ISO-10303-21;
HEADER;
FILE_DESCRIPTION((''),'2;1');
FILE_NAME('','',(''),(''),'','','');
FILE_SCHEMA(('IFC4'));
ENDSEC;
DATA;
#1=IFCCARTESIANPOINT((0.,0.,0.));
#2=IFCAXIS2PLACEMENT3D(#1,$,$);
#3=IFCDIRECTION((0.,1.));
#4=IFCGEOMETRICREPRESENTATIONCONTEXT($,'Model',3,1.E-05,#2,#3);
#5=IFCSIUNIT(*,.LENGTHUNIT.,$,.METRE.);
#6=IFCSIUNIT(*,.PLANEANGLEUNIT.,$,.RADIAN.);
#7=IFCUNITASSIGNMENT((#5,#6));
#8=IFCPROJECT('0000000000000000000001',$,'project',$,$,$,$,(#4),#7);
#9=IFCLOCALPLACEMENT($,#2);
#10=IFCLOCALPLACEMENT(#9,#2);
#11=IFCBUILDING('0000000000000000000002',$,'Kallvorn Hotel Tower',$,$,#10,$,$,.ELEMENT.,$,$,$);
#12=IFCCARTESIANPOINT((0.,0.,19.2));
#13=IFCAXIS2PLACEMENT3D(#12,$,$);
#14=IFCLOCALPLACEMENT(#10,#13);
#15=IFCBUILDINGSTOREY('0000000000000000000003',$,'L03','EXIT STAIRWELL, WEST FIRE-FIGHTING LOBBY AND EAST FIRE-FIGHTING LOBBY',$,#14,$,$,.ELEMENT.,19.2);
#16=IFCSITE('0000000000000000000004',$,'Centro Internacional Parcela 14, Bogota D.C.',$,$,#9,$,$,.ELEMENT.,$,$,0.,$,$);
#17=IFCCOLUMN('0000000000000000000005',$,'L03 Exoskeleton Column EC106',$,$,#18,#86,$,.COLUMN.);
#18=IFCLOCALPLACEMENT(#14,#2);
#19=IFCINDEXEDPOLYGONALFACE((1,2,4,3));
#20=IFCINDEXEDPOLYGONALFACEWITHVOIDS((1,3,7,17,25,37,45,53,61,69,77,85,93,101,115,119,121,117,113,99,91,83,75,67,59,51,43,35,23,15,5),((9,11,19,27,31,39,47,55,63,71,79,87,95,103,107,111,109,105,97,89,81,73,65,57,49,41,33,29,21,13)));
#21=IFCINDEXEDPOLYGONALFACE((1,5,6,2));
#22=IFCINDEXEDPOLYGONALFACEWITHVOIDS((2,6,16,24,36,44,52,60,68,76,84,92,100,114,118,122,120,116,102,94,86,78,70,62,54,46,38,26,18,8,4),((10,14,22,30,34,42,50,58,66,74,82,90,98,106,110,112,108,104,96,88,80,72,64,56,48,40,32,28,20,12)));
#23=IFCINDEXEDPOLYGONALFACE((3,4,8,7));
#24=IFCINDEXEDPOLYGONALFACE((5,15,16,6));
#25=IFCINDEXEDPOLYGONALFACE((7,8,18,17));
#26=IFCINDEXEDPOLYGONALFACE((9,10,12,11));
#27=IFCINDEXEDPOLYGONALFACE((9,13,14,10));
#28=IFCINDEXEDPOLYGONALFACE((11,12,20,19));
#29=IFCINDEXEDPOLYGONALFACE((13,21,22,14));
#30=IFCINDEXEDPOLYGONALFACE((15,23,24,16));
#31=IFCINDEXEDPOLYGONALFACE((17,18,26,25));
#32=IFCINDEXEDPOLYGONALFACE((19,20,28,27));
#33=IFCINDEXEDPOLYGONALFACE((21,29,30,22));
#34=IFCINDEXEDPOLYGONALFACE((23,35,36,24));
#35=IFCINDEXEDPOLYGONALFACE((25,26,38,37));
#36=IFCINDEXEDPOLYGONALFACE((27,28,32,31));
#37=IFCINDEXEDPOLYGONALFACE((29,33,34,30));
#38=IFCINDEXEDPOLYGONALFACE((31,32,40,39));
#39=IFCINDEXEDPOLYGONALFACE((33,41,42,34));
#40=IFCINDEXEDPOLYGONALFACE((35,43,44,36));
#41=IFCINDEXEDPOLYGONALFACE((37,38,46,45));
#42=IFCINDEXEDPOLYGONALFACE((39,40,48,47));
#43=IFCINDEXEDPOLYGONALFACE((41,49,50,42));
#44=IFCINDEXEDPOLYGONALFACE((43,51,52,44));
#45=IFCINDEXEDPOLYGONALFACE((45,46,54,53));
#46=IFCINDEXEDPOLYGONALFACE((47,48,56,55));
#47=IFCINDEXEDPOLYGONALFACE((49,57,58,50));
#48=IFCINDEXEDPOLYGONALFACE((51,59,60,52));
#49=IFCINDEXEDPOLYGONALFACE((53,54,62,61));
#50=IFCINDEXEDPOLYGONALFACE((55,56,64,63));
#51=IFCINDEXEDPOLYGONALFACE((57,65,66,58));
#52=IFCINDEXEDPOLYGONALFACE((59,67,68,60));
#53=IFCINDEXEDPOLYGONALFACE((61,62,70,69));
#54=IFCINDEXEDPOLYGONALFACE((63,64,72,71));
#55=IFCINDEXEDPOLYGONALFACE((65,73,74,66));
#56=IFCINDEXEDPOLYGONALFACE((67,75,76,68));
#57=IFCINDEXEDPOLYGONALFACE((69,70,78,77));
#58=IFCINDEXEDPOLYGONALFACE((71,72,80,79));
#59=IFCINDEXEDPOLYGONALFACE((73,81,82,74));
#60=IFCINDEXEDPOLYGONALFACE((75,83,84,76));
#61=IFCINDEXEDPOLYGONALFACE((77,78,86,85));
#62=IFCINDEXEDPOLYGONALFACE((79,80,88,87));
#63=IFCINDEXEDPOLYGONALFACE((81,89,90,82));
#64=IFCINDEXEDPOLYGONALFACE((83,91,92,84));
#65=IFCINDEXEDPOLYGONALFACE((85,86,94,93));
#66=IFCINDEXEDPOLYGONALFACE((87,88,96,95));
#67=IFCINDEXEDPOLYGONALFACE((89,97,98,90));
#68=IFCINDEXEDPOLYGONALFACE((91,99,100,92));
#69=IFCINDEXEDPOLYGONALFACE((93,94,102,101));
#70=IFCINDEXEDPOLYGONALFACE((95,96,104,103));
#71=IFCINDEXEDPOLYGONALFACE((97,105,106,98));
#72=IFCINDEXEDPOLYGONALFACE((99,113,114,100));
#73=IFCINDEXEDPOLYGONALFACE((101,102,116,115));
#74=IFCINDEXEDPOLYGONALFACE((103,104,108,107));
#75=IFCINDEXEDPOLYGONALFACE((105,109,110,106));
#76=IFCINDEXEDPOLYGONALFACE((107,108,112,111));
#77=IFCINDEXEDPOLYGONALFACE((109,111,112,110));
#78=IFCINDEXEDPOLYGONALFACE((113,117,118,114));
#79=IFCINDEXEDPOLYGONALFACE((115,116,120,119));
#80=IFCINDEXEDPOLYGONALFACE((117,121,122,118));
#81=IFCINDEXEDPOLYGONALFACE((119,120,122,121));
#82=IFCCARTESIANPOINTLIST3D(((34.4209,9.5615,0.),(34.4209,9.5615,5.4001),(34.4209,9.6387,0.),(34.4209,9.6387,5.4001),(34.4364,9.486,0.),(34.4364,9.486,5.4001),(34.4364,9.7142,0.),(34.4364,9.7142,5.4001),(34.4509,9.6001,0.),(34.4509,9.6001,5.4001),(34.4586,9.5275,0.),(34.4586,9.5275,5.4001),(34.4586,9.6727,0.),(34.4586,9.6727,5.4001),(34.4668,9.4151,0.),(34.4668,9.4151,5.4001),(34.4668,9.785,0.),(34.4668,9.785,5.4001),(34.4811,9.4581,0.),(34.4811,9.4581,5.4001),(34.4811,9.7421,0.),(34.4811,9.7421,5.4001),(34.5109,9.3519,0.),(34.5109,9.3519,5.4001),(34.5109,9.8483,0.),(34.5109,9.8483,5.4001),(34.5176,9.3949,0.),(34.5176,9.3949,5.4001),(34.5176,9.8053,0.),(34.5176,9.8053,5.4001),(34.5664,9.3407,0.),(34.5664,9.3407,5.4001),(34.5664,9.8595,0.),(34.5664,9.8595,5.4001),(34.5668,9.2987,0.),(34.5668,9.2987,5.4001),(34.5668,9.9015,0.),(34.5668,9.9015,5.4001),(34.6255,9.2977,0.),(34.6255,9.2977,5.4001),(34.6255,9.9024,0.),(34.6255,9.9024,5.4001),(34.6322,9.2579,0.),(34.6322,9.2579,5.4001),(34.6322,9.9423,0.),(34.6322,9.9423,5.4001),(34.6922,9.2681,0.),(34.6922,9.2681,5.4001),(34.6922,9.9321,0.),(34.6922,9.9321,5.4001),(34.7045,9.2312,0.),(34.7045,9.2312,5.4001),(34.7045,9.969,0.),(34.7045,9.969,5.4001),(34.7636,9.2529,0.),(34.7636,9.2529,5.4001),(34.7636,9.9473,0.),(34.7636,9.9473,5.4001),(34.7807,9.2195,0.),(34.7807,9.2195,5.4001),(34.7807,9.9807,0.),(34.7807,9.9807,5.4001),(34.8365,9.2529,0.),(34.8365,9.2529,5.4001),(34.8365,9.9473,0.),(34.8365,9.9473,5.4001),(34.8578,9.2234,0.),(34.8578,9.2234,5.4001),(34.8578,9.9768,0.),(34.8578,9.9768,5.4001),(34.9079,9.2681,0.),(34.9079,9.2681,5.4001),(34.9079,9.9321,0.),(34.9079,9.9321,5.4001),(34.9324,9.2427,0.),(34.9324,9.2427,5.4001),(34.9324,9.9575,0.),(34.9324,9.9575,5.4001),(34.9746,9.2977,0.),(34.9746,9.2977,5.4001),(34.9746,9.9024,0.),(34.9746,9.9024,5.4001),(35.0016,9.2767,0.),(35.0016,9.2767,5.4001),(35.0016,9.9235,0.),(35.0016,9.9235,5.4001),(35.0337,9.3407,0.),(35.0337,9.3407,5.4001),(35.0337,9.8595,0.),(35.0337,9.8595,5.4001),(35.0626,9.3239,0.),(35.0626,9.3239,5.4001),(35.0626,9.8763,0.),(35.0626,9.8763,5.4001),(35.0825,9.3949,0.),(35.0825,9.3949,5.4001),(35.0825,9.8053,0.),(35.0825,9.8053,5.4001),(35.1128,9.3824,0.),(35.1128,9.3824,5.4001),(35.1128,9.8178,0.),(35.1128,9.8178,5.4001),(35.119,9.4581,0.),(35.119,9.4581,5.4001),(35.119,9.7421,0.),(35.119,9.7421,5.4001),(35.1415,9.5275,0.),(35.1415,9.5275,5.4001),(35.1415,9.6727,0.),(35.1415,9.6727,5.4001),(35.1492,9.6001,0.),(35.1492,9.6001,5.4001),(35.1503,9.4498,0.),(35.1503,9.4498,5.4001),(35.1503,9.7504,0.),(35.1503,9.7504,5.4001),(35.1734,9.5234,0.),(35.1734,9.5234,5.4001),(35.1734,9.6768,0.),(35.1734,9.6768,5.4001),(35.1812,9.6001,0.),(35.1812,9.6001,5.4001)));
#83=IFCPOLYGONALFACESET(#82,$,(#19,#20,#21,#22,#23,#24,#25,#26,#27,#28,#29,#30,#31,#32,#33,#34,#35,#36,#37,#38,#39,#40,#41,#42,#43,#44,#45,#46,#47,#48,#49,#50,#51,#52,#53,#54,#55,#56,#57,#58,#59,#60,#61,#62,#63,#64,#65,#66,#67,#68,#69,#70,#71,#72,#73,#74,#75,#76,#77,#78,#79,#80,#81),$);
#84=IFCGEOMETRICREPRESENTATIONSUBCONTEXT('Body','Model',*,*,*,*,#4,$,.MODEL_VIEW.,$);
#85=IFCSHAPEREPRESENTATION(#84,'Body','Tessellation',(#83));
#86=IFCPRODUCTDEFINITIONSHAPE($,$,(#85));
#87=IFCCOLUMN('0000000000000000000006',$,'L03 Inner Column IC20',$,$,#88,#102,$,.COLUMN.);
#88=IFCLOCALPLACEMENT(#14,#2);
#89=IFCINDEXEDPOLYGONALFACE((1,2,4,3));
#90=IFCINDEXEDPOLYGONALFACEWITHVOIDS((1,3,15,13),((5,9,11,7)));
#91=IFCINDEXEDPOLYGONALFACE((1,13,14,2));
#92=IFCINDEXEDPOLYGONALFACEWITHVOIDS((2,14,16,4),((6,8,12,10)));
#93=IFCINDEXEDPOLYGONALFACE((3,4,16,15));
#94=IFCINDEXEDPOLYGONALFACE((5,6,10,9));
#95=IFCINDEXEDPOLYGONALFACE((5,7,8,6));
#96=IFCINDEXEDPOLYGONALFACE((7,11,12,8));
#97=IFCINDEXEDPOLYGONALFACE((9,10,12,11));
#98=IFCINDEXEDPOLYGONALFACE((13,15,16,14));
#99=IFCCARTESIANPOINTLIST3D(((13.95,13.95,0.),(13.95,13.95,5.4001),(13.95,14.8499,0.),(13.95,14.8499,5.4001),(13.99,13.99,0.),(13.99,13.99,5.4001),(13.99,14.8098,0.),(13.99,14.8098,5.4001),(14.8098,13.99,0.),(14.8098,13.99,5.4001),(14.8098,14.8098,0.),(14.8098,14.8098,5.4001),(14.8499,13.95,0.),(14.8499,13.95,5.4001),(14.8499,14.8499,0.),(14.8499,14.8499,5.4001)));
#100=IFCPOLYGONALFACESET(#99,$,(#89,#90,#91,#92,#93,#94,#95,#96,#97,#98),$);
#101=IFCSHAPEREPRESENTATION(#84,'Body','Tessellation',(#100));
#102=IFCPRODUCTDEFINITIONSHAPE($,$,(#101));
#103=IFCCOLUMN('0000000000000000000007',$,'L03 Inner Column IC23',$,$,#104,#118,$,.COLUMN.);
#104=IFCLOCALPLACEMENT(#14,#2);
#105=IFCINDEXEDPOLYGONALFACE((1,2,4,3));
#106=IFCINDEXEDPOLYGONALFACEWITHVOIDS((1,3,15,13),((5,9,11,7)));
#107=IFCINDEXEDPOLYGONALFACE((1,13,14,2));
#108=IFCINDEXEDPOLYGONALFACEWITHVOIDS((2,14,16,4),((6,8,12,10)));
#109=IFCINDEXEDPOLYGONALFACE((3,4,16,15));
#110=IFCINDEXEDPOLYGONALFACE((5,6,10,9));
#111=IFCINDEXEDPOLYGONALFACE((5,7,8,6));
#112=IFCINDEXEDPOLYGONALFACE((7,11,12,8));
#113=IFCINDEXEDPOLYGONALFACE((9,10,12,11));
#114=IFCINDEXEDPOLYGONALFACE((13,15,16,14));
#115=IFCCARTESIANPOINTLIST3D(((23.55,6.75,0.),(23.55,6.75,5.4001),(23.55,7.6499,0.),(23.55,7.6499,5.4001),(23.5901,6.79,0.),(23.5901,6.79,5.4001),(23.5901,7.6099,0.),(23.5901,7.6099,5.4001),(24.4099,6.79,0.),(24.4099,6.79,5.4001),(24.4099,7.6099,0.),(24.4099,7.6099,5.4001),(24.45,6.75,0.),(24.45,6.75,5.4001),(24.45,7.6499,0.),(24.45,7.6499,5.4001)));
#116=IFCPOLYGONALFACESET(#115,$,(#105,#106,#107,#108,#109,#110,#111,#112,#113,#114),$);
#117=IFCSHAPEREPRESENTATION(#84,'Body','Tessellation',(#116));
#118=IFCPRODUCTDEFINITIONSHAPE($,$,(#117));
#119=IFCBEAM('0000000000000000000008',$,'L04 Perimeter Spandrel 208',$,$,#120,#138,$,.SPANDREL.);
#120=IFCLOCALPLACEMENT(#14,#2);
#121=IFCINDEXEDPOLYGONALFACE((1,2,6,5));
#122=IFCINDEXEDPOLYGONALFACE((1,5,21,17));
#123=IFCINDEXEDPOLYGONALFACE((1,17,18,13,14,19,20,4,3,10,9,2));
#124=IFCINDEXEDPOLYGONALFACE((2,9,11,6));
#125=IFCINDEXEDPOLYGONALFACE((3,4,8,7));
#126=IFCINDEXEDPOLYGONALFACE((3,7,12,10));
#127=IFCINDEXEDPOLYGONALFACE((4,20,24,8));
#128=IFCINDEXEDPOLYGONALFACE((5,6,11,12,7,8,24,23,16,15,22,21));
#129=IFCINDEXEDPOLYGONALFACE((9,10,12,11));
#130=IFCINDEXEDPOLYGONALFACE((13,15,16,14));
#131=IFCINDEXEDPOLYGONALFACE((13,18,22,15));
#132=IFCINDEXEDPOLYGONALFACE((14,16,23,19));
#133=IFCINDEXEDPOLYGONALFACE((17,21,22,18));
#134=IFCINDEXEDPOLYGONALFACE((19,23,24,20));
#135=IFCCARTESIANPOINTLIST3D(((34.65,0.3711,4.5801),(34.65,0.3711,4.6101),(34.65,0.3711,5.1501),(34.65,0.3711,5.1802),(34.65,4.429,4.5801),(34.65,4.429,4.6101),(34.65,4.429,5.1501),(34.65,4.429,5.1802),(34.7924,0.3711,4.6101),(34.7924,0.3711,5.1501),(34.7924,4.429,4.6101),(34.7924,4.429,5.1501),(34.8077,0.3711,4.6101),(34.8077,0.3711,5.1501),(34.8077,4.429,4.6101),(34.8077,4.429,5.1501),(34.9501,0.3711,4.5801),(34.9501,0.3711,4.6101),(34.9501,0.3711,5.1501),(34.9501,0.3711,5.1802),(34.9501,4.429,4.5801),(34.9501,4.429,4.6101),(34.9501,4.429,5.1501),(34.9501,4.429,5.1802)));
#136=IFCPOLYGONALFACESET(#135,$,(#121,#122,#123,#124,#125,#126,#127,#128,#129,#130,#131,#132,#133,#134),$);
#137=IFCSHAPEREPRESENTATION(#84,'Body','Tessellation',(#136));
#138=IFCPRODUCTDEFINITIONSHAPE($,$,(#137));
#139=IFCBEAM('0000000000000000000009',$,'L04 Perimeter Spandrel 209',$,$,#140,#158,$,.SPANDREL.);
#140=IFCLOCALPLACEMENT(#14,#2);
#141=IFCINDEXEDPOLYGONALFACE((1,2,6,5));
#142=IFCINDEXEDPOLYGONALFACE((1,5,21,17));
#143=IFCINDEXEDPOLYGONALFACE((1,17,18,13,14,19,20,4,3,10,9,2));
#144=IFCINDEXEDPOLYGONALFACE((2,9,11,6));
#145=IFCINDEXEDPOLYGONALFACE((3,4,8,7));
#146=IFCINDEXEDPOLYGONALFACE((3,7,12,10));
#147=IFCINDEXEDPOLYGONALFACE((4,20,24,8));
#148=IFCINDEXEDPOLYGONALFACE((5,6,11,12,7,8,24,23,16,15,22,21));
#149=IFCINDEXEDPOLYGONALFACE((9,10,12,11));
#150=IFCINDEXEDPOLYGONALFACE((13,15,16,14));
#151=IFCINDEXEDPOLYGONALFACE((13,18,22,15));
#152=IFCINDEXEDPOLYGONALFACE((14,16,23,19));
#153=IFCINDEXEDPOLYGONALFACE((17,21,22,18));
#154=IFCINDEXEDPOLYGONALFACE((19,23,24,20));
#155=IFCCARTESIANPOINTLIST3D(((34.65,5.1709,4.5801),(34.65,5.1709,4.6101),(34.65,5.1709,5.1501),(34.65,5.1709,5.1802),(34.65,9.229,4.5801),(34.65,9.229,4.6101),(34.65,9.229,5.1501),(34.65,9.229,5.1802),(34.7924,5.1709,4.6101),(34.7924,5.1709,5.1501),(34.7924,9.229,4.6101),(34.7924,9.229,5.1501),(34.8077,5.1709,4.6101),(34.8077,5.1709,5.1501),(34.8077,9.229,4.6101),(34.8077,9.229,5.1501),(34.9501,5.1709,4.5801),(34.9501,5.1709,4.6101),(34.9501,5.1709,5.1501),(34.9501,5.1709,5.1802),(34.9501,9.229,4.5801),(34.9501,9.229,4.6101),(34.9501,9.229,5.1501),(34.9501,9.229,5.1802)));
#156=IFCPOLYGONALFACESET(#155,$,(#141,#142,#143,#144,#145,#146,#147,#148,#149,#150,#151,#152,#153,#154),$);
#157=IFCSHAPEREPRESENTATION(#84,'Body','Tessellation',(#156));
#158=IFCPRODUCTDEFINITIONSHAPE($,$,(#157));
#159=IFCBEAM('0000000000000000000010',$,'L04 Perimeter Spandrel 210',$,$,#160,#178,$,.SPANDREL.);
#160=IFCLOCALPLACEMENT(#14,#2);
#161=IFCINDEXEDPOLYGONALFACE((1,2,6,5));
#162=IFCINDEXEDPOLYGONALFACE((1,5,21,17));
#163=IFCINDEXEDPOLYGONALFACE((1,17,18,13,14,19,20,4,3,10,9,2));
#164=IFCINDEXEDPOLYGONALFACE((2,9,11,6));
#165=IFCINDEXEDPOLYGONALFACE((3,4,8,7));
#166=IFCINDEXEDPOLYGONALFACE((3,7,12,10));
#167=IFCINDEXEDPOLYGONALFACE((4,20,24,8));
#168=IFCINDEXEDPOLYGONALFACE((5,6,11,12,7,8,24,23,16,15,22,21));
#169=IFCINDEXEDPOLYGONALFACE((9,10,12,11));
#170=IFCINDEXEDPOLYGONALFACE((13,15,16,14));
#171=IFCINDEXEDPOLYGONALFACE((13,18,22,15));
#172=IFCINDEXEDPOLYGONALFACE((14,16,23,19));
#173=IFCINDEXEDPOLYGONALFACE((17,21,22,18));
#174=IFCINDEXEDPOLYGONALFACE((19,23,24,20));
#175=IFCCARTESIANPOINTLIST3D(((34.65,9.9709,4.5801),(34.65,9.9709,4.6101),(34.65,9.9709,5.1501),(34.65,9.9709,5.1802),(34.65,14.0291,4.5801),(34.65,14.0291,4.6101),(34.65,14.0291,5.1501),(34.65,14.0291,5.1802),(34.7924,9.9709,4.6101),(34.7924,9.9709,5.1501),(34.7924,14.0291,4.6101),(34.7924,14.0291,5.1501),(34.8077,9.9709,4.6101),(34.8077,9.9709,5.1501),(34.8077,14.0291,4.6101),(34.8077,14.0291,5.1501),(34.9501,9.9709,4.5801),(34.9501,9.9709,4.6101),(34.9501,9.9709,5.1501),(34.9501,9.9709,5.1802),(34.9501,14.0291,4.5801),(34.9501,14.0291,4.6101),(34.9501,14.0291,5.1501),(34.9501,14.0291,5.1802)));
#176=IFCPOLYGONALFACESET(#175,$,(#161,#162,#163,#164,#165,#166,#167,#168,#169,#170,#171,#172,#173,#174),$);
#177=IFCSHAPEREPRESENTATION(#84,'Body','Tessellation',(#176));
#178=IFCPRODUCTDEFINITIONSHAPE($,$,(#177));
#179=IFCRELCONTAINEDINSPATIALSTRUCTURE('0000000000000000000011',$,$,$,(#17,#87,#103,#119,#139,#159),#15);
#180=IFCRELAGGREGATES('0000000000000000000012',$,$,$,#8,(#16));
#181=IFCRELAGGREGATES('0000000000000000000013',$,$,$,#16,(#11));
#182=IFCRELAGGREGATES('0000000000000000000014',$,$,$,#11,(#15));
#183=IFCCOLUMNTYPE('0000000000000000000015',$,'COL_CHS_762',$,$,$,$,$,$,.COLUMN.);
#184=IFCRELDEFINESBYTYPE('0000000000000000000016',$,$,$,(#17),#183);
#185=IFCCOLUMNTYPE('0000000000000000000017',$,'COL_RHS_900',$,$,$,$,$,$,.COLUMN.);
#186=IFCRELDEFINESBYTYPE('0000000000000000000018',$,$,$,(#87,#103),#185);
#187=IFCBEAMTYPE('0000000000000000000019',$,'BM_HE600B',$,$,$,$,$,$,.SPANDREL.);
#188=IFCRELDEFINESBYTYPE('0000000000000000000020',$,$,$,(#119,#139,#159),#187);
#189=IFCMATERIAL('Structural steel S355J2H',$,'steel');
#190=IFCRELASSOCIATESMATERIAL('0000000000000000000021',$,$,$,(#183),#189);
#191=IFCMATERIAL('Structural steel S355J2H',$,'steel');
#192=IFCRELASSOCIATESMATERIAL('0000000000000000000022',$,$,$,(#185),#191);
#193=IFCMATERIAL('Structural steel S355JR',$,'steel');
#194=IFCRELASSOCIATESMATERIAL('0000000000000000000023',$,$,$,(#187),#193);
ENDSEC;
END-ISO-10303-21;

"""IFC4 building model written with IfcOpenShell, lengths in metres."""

from ifc_helpers import new_model, si_unit, direction, frame, origin, origin_2d, place, context, subcontext, project, spatial, hollow_rectangle, hollow_circle, i_section, extrude, material, material_profile, profile_set, type_object, element, save


model = new_model("IFC4")

# Units and contexts
model_context = context("Model", 3, precision=1e-05, world=origin(), true_north=direction((0.0, 1.0)))
body_context = subcontext(model_context, "Body", "Model", "MODEL_VIEW")
ifc_project = project(units=[si_unit("LENGTHUNIT", "METRE"), si_unit("PLANEANGLEUNIT", "RADIAN")], contexts=[model_context])

# Site, building, storey
site_placement = place(None, origin())
site = spatial("IfcSite", under=ifc_project, at=site_placement, Name="Centro Internacional Parcela 14, Bogota D.C.", CompositionType="ELEMENT", RefElevation=0.0)
building_placement = place(site_placement, origin())
building = spatial("IfcBuilding", under=site, at=building_placement, Name="Kallvorn Hotel Tower", CompositionType="ELEMENT")
storey_placement = place(building_placement, frame((0.0, 0.0, 19.2)))
storey = spatial("IfcBuildingStorey", under=building, at=storey_placement, Name="L03", Description="EXIT STAIRWELL, WEST FIRE-FIGHTING LOBBY AND EAST FIRE-FIGHTING LOBBY", CompositionType="ELEMENT", Elevation=19.2)

# Columns
ifc_material_1 = material(Name="Structural steel S355J2H", Category="steel")
ifc_material_profile_1 = material_profile(ifc_material_1, hollow_circle(Radius=0.3811, WallThickness=0.032, at=origin_2d()), Name="CHS 762x32")
ifc_profile_set_1 = profile_set([ifc_material_profile_1], Name="Structural steel S355J2H")
column_type_1 = type_object("IfcColumnType", Name="COL_CHS_762", PredefinedType="COLUMN", material=ifc_profile_set_1)
for number, where, z_axis, x_axis, name in (
    (1, (34.8, 9.6001, 0.0), (0.0, 0.0, 1.0), (1.0, 0.0, 0.0), "L03 Exoskeleton Column EC106"),
):
    element("IfcColumn", number, at=place(storey_placement, frame(where, z_axis=z_axis, x_axis=x_axis)), inside=storey, type_object=column_type_1, Name=name, PredefinedType="COLUMN", context=body_context, shape_type="SweptSolid", body=[
        extrude(hollow_circle(Radius=0.3811, WallThickness=0.032, at=origin_2d()), origin(), (0.0, 0.0, 1.0), 5.4001),
    ])
ifc_material_2 = material(Name="Structural steel S355J2H", Category="steel")
ifc_material_profile_2 = material_profile(ifc_material_2, hollow_rectangle(XDim=0.8999, YDim=0.8999, WallThickness=0.04, at=origin_2d()), Name="RHS 900x900x40")
ifc_profile_set_2 = profile_set([ifc_material_profile_2], Name="Structural steel S355J2H")
column_type_2 = type_object("IfcColumnType", Name="COL_RHS_900", PredefinedType="COLUMN", material=ifc_profile_set_2)
for number, where, z_axis, x_axis, name in (
    (2, (14.3999, 14.3999, 0.0), (0.0, 0.0, 1.0), (1.0, 0.0, 0.0), "L03 Inner Column IC20"),
    (3, (24.0, 7.2, 0.0), (0.0, 0.0, 1.0), (1.0, 0.0, 0.0), "L03 Inner Column IC23"),
):
    element("IfcColumn", number, at=place(storey_placement, frame(where, z_axis=z_axis, x_axis=x_axis)), inside=storey, type_object=column_type_2, Name=name, PredefinedType="COLUMN", context=body_context, shape_type="SweptSolid", body=[
        extrude(hollow_rectangle(XDim=0.8999, YDim=0.8999, WallThickness=0.04, at=origin_2d()), origin(), (0.0, 0.0, 1.0), 5.4001),
    ])

# Beams
ifc_material_3 = material(Name="Structural steel S355JR", Category="steel")
ifc_material_profile_3 = material_profile(ifc_material_3, i_section(OverallWidth=0.3, OverallDepth=0.6001, WebThickness=0.0154, FlangeThickness=0.03, at=origin_2d()), Name="HE 600 B")
ifc_profile_set_3 = profile_set([ifc_material_profile_3], Name="Structural steel S355JR")
beam_type_1 = type_object("IfcBeamType", Name="BM_HE600B", PredefinedType="SPANDREL", material=ifc_profile_set_3)
beam_1_placement = place(storey_placement, frame((34.8, 0.3711, 4.8801), z_axis=(0.0, 1.0, 0.0), x_axis=(-1.0, 0.0, 0.0)))
element("IfcBeam", 4, at=beam_1_placement, inside=storey, type_object=beam_type_1, Name="L04 Perimeter Spandrel 208", PredefinedType="SPANDREL", context=body_context, shape_type="SweptSolid", body=[
    extrude(i_section(OverallWidth=0.3, OverallDepth=0.6001, WebThickness=0.0154, FlangeThickness=0.03, at=origin_2d()), origin(), (0.0, 0.0, 1.0), 4.0579),
])
for number, where, z_axis, x_axis, name in (
    (5, (34.8, 5.1709, 4.8801), (0.0, 1.0, 0.0), (-1.0, 0.0, 0.0), "L04 Perimeter Spandrel 209"),
    (6, (34.8, 9.9709, 4.8801), (0.0, 1.0, 0.0), (-1.0, 0.0, 0.0), "L04 Perimeter Spandrel 210"),
):
    element("IfcBeam", number, at=place(storey_placement, frame(where, z_axis=z_axis, x_axis=x_axis)), inside=storey, type_object=beam_type_1, Name=name, PredefinedType="SPANDREL", context=body_context, shape_type="SweptSolid", body=[
        extrude(i_section(OverallWidth=0.3, OverallDepth=0.6001, WebThickness=0.0154, FlangeThickness=0.03, at=origin_2d()), origin(), (0.0, 0.0, 1.0), 4.0581),
    ])

save(model, "model.ifc")
